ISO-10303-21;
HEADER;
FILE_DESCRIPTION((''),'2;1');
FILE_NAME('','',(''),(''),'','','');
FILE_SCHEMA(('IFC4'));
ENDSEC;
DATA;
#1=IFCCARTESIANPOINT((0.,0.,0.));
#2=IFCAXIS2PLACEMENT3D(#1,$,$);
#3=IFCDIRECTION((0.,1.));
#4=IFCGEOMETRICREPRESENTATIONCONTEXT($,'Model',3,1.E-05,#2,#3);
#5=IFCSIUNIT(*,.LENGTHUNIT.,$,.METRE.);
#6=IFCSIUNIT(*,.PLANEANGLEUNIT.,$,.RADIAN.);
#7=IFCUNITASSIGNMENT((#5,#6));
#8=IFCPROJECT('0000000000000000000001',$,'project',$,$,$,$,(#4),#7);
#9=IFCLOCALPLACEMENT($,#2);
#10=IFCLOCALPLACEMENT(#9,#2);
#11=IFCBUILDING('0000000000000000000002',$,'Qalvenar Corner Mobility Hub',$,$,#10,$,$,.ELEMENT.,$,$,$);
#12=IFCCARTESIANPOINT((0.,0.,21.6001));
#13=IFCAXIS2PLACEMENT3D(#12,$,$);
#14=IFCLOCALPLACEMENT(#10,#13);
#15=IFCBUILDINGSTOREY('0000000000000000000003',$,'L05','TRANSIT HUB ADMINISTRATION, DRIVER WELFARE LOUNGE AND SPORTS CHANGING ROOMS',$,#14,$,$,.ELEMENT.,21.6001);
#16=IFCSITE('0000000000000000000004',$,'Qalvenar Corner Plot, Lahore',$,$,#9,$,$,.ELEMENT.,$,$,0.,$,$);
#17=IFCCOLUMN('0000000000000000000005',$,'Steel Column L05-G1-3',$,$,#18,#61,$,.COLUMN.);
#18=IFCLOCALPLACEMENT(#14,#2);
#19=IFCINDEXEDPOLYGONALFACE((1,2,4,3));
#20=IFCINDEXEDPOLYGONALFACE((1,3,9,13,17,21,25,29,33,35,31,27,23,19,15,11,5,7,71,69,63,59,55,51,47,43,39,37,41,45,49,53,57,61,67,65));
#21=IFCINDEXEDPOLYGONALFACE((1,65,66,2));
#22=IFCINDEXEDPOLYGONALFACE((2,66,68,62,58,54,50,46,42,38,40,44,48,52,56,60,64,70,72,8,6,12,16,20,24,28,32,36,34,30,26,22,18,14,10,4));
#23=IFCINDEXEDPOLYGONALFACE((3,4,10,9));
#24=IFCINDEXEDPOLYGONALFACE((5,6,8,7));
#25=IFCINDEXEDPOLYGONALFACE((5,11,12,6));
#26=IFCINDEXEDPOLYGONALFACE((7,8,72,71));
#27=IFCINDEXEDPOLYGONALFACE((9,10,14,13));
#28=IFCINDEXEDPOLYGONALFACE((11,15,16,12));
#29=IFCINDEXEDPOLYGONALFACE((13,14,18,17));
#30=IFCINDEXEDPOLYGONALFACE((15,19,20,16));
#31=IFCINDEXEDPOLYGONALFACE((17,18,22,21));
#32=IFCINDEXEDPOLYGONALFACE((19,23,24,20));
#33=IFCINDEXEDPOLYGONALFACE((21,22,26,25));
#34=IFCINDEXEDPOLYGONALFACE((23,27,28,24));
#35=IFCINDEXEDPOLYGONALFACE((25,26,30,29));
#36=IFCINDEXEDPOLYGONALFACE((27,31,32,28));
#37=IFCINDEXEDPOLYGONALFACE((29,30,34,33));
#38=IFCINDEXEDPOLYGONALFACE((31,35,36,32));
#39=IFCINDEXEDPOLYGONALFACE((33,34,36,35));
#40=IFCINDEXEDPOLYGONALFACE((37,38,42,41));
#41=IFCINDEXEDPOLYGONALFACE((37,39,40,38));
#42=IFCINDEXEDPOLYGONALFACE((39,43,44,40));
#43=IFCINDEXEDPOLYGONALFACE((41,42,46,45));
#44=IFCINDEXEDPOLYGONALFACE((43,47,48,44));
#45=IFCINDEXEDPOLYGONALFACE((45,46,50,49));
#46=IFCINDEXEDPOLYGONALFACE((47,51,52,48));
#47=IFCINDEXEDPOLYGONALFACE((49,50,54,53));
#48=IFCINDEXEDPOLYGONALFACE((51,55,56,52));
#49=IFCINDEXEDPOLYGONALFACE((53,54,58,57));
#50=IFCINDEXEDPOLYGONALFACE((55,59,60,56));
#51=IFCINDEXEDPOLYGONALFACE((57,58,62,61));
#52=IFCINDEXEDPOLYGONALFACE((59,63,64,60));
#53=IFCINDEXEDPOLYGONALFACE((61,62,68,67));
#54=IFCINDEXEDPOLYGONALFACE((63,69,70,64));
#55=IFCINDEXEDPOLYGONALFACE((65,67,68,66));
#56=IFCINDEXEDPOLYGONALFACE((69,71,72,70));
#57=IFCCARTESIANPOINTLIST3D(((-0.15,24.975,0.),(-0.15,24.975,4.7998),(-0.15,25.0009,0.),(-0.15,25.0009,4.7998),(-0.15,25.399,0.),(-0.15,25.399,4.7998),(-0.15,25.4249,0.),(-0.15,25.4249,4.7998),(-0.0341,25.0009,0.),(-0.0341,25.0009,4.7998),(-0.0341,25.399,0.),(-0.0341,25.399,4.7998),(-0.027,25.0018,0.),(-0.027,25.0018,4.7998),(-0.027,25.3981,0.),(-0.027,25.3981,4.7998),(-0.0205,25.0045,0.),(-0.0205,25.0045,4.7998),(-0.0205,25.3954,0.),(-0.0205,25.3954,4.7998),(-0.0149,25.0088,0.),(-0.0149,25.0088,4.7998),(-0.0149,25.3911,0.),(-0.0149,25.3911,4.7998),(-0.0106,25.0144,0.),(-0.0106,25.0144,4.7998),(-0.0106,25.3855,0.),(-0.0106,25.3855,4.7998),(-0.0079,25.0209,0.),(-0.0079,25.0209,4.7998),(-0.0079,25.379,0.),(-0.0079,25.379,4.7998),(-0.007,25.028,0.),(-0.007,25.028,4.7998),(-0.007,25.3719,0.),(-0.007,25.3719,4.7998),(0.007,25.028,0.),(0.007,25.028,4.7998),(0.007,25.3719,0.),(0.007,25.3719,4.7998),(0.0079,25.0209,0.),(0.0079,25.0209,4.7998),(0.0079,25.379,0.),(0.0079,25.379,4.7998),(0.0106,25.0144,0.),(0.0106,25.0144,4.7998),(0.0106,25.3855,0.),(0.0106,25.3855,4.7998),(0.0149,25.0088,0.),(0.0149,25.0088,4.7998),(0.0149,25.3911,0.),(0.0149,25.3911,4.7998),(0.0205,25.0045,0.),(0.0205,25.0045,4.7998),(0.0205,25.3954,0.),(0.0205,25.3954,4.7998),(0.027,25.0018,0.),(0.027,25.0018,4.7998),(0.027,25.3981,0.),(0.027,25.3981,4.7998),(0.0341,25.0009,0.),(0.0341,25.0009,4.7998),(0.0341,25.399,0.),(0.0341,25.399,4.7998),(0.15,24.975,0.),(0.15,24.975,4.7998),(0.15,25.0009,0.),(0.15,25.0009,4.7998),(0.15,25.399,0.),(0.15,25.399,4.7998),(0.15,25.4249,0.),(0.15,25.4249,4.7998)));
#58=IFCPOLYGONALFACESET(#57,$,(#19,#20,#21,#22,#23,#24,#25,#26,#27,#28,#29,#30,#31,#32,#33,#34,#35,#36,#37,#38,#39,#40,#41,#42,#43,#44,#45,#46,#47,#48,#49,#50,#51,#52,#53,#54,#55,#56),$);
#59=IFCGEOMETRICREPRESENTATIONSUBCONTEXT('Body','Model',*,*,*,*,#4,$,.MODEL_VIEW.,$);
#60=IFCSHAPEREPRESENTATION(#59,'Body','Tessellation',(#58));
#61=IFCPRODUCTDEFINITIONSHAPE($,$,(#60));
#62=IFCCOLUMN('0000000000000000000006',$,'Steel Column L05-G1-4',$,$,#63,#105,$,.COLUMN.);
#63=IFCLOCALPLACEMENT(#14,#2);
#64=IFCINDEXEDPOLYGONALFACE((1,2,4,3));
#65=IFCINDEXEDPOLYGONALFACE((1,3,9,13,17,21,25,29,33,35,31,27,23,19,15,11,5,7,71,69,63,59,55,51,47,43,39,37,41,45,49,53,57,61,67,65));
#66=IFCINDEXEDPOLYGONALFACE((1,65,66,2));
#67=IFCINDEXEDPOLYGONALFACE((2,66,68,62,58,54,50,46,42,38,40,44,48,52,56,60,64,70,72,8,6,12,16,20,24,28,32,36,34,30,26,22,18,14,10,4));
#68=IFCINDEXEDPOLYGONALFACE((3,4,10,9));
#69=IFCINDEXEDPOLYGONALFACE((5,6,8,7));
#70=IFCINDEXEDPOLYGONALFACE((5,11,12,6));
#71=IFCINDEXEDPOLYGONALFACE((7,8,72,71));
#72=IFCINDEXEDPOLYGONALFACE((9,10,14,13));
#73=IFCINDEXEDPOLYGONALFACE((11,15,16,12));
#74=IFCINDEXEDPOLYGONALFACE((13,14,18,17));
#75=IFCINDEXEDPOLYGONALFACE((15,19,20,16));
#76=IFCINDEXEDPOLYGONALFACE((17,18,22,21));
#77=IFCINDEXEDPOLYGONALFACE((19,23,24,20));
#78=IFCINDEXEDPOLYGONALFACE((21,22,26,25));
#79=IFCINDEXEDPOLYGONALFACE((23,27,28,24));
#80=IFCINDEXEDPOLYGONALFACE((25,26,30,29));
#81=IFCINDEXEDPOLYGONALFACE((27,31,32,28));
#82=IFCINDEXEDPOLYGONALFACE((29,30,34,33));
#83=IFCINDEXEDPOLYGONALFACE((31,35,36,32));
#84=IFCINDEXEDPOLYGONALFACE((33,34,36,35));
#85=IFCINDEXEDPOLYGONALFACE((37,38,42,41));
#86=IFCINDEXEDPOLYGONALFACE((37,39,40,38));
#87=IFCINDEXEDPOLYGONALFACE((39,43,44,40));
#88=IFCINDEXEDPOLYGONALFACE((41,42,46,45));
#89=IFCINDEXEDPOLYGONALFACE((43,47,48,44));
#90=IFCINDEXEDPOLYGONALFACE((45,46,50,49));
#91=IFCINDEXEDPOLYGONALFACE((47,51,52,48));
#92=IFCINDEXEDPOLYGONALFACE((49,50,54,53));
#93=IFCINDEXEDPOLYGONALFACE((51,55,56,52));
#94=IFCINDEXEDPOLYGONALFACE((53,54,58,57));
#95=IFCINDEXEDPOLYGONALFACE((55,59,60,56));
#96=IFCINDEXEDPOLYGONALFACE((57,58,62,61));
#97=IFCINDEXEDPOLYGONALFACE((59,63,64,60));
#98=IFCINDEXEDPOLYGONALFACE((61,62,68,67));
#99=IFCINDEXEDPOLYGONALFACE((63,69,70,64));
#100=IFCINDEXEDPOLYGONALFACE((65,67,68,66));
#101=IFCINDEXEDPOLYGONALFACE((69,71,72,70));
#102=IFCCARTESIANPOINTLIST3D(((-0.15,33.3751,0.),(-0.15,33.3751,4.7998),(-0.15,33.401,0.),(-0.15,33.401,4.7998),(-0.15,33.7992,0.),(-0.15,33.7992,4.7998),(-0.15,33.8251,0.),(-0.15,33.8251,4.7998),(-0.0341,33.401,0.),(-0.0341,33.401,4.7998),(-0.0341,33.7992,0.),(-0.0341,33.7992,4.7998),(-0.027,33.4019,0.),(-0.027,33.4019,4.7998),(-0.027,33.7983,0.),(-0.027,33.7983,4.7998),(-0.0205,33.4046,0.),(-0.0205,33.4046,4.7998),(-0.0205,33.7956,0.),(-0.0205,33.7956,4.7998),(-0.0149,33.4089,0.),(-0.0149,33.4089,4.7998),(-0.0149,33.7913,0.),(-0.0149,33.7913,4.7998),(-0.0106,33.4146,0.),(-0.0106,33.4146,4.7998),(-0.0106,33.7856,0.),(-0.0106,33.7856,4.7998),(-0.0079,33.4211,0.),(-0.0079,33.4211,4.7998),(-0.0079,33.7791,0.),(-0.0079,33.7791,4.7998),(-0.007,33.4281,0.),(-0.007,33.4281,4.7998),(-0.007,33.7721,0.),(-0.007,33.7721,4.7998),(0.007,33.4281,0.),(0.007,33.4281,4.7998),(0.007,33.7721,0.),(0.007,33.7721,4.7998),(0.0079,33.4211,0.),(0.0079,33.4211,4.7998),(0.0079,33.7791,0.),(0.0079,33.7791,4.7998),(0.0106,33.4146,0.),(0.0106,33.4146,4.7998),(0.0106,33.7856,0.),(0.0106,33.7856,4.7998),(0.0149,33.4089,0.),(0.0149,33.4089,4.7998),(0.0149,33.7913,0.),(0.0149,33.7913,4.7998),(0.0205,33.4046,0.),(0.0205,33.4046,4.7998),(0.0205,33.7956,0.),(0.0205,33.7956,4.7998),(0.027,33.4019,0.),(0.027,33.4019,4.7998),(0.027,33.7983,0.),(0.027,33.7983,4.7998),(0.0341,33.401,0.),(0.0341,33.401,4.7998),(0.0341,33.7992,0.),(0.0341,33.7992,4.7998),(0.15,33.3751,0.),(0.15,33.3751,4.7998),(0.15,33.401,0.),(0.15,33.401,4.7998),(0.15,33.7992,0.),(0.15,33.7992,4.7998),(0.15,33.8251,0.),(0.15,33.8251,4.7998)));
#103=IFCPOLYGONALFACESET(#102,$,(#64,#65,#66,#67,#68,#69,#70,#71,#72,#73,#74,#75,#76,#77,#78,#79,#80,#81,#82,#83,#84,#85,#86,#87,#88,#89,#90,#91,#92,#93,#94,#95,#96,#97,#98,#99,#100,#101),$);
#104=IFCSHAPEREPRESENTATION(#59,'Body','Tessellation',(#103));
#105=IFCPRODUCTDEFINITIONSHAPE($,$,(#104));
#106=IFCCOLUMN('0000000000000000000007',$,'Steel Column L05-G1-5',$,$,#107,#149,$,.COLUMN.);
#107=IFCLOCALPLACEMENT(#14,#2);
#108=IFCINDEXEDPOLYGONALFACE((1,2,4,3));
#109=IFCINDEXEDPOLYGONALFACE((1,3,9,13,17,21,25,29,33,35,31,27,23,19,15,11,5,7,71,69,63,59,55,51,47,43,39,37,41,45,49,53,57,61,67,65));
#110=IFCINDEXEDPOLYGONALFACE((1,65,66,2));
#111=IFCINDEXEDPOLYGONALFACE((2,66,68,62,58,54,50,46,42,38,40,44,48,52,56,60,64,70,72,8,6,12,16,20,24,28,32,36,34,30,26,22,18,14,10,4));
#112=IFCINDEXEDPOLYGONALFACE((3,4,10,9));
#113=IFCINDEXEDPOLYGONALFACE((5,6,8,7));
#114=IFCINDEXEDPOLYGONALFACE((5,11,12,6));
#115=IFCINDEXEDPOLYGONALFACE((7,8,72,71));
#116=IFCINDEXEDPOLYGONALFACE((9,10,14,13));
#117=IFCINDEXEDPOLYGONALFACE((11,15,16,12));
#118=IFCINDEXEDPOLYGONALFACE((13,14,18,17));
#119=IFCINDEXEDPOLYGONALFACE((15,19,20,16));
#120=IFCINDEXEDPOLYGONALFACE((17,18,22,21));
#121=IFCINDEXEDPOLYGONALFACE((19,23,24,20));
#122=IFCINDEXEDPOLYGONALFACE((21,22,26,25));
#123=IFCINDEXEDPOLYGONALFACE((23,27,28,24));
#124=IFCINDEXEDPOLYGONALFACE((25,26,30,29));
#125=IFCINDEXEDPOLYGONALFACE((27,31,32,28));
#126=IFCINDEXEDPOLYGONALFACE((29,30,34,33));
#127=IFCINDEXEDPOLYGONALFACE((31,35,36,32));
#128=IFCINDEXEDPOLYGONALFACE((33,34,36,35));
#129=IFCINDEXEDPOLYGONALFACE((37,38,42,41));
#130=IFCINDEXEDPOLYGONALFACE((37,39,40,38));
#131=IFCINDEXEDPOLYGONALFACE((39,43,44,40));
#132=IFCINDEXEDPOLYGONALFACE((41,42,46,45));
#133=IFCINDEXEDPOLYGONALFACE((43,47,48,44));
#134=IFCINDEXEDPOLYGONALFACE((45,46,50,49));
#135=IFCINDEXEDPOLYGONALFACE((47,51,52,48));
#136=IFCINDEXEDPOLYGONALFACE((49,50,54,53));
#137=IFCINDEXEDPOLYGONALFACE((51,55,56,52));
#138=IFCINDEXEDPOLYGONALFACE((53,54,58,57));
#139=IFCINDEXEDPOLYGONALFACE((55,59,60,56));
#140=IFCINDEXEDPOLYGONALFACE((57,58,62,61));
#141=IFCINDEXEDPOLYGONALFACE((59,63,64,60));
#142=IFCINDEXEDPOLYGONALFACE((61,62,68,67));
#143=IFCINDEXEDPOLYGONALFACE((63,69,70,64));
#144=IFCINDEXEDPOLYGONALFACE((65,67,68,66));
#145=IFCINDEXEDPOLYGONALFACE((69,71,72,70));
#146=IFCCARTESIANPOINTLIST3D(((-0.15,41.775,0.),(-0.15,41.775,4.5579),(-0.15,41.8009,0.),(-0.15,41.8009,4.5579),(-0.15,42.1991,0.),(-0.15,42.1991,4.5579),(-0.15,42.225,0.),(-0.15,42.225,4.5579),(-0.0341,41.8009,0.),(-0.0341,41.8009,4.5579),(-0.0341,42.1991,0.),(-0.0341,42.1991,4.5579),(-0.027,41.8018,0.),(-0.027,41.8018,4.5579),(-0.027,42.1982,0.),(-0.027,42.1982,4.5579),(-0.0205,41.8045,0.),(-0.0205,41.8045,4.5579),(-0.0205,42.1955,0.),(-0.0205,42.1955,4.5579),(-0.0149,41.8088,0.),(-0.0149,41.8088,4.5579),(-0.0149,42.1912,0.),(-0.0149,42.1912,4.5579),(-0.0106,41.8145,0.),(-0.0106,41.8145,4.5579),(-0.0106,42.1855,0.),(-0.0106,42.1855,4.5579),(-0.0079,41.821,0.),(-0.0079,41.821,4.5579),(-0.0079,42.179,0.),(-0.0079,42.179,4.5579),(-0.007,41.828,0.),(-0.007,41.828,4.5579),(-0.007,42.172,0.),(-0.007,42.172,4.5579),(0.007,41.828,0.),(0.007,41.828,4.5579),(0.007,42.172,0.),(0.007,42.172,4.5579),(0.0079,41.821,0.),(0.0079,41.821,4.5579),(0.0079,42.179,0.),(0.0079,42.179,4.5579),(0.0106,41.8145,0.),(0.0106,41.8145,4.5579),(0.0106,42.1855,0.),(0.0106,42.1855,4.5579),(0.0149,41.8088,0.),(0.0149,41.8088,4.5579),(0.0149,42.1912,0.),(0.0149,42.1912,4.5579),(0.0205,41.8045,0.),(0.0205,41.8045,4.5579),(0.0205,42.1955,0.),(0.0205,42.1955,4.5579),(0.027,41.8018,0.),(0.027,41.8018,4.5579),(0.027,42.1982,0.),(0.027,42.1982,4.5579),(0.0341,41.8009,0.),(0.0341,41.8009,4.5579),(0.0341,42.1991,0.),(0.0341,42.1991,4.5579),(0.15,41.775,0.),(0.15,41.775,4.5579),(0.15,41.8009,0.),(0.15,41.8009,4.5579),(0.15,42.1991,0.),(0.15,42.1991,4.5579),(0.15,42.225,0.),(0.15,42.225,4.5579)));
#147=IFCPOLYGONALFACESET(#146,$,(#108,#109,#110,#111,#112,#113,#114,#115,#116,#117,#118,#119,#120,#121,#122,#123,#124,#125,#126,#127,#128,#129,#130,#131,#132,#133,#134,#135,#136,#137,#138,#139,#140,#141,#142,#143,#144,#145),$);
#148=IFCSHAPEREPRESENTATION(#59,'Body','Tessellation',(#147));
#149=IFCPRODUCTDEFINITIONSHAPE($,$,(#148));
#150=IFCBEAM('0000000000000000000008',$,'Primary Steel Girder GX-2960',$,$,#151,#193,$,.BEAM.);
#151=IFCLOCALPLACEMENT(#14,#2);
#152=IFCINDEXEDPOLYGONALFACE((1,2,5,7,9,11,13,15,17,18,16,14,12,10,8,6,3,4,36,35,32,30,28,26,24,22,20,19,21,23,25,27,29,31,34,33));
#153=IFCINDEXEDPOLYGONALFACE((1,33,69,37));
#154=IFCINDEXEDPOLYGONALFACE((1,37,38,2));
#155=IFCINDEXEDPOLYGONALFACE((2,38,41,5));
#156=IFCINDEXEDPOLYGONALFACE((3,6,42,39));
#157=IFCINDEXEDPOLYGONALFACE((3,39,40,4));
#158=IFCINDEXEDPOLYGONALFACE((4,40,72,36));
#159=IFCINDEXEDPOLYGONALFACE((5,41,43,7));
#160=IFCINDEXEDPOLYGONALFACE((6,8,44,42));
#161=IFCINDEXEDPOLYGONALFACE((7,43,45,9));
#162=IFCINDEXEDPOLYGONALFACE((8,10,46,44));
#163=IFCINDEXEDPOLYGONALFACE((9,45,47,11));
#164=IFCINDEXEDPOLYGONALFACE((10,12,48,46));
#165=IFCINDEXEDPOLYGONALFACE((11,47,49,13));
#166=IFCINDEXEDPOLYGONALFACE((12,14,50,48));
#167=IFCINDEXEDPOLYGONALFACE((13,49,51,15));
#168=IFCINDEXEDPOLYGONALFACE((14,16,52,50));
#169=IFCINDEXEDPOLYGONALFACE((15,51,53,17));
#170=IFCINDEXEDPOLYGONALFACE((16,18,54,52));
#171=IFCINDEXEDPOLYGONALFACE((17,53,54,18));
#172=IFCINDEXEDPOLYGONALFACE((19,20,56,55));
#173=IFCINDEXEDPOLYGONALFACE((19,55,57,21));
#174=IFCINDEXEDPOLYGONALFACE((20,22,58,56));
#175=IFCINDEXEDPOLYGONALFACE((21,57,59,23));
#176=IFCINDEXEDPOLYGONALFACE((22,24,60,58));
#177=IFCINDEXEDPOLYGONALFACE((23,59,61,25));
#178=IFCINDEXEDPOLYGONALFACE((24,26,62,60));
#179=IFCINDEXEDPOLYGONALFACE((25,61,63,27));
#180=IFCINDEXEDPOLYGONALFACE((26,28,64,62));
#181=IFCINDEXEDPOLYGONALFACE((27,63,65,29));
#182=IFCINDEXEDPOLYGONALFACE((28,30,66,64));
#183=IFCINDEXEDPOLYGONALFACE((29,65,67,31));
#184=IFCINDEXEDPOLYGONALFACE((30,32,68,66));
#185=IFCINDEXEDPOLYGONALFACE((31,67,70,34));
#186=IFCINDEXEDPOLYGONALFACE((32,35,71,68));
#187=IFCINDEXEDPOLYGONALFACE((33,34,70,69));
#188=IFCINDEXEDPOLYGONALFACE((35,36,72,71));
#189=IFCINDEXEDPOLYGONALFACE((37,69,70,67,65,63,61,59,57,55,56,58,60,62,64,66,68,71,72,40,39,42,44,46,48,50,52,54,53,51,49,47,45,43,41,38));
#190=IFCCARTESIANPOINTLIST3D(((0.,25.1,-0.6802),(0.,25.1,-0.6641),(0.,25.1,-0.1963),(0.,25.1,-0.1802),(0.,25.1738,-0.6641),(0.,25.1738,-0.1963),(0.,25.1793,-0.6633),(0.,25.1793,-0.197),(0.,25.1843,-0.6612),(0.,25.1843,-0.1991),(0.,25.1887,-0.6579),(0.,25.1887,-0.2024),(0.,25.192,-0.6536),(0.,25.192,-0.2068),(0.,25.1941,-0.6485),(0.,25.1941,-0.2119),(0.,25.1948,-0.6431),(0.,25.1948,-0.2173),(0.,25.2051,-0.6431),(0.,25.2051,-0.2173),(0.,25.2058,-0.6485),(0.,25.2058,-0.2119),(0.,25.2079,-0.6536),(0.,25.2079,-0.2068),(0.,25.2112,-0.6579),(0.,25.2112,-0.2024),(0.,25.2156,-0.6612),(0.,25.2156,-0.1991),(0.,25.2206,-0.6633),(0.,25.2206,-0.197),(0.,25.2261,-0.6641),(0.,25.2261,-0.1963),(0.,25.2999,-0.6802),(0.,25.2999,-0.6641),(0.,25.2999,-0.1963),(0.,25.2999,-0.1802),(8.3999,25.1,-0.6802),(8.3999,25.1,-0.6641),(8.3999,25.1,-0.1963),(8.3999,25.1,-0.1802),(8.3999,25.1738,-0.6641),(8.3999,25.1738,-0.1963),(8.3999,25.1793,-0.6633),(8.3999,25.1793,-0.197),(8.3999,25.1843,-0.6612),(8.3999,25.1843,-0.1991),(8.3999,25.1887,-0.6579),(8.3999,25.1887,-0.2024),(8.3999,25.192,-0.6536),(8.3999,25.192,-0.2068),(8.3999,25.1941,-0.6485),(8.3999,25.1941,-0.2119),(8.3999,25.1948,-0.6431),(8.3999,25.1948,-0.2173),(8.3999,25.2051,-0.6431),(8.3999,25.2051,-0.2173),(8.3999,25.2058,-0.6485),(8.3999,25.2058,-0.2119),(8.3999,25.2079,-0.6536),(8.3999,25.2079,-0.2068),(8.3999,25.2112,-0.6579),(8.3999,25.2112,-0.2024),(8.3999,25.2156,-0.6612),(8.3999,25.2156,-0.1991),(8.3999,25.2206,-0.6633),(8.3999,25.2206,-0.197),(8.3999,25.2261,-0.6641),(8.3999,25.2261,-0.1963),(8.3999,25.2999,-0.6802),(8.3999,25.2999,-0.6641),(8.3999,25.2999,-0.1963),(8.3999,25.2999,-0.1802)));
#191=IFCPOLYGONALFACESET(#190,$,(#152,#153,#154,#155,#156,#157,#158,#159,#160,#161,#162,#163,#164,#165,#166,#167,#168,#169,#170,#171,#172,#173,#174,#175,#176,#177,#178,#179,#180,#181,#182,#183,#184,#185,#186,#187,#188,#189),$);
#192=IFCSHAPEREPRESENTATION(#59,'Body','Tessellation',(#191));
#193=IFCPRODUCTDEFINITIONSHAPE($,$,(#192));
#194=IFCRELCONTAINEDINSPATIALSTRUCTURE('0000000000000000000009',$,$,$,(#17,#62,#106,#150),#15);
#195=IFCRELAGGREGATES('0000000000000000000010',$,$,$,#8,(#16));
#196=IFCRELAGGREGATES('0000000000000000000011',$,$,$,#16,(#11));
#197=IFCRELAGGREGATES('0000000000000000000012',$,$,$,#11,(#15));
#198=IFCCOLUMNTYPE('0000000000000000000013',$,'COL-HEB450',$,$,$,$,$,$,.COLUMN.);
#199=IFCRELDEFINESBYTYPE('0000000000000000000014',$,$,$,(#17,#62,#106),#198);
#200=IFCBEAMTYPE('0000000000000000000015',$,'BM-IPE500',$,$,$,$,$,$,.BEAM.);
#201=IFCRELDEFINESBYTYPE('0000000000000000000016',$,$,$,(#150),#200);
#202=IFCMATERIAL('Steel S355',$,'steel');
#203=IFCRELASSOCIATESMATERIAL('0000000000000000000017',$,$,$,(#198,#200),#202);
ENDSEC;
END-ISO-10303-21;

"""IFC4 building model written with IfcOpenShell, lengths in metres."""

from ifc_helpers import new_model, si_unit, direction, frame, origin, origin_2d, place, context, subcontext, project, spatial, i_section, extrude, material, material_profile, profile_set, type_object, element, save


model = new_model("IFC4")

# Units and contexts
model_context = context("Model", 3, precision=1e-05, world=origin(), true_north=direction((0.0, 1.0)))
body_context = subcontext(model_context, "Body", "Model", "MODEL_VIEW")
ifc_project = project(units=[si_unit("LENGTHUNIT", "METRE"), si_unit("PLANEANGLEUNIT", "RADIAN")], contexts=[model_context])

# Site, building, storey
site_placement = place(None, origin())
site = spatial("IfcSite", under=ifc_project, at=site_placement, Name="Qalvenar Corner Plot, Lahore", CompositionType="ELEMENT", RefElevation=0.0)
building_placement = place(site_placement, origin())
building = spatial("IfcBuilding", under=site, at=building_placement, Name="Qalvenar Corner Mobility Hub", CompositionType="ELEMENT")
storey_placement = place(building_placement, frame((0.0, 0.0, 21.6001)))
storey = spatial("IfcBuildingStorey", under=building, at=storey_placement, Name="L05", Description="TRANSIT HUB ADMINISTRATION, DRIVER WELFARE LOUNGE AND SPORTS CHANGING ROOMS", CompositionType="ELEMENT", Elevation=21.6001)

# Columns
ifc_material_1 = material(Name="Steel S355", Category="steel")
ifc_material_profile_1 = material_profile(ifc_material_1, i_section(OverallWidth=0.3, OverallDepth=0.45, WebThickness=0.0139, FlangeThickness=0.0259, FilletRadius=0.0271, at=origin_2d()), Name="HEB450")
ifc_profile_set_1 = profile_set([ifc_material_profile_1], Name="Steel S355")
column_type = type_object("IfcColumnType", Name="COL-HEB450", PredefinedType="COLUMN", material=ifc_profile_set_1)
for number, where, z_axis, x_axis, name in (
    (1, (0.0, 25.2, 0.0), (0.0, 0.0, 1.0), (1.0, 0.0, 0.0), "Steel Column L05-G1-3"),
    (2, (0.0, 33.6001, 0.0), (0.0, 0.0, 1.0), (1.0, 0.0, 0.0), "Steel Column L05-G1-4"),
):
    element("IfcColumn", number, at=place(storey_placement, frame(where, z_axis=z_axis, x_axis=x_axis)), inside=storey, type_object=column_type, Name=name, PredefinedType="COLUMN", context=body_context, shape_type="SweptSolid", body=[
        extrude(i_section(OverallWidth=0.3, OverallDepth=0.45, WebThickness=0.0139, FlangeThickness=0.0259, FilletRadius=0.0271, at=origin_2d()), origin(), (0.0, 0.0, 1.0), 4.7998),
    ])
column_placement = place(storey_placement, frame((0.0, 42.0, 0.0), z_axis=(0.0, 0.0, 1.0), x_axis=(1.0, 0.0, 0.0)))
element("IfcColumn", 3, at=column_placement, inside=storey, type_object=column_type, Name="Steel Column L05-G1-5", PredefinedType="COLUMN", context=body_context, shape_type="SweptSolid", body=[
    extrude(i_section(OverallWidth=0.3, OverallDepth=0.45, WebThickness=0.0139, FlangeThickness=0.0259, FilletRadius=0.0271, at=origin_2d()), origin(), (0.0, 0.0, 1.0), 4.5579),
])

# Beam
ifc_material_profile_2 = material_profile(ifc_material_1, i_section(OverallWidth=0.2, OverallDepth=0.5, WebThickness=0.0103, FlangeThickness=0.0161, FilletRadius=0.021, at=origin_2d()), Name="IPE500")
ifc_profile_set_2 = profile_set([ifc_material_profile_2], Name="Steel S355")
beam_type_1 = type_object("IfcBeamType", Name="BM-IPE500", PredefinedType="BEAM", material=ifc_profile_set_2)
for number, where, z_axis, x_axis, name in (
    (4, (0.0, 25.2, -0.4302), (1.0, 0.0, 0.0), (0.0, 1.0, 0.0), "Primary Steel Girder GX-2960"),
):
    element("IfcBeam", number, at=place(storey_placement, frame(where, z_axis=z_axis, x_axis=x_axis)), inside=storey, type_object=beam_type_1, Name=name, PredefinedType="BEAM", context=body_context, shape_type="SweptSolid", body=[
        extrude(i_section(OverallWidth=0.2, OverallDepth=0.5, WebThickness=0.0103, FlangeThickness=0.0161, FilletRadius=0.021, at=origin_2d()), origin(), (0.0, 0.0, 1.0), 8.3999),
    ])

save(model, "model.ifc")
